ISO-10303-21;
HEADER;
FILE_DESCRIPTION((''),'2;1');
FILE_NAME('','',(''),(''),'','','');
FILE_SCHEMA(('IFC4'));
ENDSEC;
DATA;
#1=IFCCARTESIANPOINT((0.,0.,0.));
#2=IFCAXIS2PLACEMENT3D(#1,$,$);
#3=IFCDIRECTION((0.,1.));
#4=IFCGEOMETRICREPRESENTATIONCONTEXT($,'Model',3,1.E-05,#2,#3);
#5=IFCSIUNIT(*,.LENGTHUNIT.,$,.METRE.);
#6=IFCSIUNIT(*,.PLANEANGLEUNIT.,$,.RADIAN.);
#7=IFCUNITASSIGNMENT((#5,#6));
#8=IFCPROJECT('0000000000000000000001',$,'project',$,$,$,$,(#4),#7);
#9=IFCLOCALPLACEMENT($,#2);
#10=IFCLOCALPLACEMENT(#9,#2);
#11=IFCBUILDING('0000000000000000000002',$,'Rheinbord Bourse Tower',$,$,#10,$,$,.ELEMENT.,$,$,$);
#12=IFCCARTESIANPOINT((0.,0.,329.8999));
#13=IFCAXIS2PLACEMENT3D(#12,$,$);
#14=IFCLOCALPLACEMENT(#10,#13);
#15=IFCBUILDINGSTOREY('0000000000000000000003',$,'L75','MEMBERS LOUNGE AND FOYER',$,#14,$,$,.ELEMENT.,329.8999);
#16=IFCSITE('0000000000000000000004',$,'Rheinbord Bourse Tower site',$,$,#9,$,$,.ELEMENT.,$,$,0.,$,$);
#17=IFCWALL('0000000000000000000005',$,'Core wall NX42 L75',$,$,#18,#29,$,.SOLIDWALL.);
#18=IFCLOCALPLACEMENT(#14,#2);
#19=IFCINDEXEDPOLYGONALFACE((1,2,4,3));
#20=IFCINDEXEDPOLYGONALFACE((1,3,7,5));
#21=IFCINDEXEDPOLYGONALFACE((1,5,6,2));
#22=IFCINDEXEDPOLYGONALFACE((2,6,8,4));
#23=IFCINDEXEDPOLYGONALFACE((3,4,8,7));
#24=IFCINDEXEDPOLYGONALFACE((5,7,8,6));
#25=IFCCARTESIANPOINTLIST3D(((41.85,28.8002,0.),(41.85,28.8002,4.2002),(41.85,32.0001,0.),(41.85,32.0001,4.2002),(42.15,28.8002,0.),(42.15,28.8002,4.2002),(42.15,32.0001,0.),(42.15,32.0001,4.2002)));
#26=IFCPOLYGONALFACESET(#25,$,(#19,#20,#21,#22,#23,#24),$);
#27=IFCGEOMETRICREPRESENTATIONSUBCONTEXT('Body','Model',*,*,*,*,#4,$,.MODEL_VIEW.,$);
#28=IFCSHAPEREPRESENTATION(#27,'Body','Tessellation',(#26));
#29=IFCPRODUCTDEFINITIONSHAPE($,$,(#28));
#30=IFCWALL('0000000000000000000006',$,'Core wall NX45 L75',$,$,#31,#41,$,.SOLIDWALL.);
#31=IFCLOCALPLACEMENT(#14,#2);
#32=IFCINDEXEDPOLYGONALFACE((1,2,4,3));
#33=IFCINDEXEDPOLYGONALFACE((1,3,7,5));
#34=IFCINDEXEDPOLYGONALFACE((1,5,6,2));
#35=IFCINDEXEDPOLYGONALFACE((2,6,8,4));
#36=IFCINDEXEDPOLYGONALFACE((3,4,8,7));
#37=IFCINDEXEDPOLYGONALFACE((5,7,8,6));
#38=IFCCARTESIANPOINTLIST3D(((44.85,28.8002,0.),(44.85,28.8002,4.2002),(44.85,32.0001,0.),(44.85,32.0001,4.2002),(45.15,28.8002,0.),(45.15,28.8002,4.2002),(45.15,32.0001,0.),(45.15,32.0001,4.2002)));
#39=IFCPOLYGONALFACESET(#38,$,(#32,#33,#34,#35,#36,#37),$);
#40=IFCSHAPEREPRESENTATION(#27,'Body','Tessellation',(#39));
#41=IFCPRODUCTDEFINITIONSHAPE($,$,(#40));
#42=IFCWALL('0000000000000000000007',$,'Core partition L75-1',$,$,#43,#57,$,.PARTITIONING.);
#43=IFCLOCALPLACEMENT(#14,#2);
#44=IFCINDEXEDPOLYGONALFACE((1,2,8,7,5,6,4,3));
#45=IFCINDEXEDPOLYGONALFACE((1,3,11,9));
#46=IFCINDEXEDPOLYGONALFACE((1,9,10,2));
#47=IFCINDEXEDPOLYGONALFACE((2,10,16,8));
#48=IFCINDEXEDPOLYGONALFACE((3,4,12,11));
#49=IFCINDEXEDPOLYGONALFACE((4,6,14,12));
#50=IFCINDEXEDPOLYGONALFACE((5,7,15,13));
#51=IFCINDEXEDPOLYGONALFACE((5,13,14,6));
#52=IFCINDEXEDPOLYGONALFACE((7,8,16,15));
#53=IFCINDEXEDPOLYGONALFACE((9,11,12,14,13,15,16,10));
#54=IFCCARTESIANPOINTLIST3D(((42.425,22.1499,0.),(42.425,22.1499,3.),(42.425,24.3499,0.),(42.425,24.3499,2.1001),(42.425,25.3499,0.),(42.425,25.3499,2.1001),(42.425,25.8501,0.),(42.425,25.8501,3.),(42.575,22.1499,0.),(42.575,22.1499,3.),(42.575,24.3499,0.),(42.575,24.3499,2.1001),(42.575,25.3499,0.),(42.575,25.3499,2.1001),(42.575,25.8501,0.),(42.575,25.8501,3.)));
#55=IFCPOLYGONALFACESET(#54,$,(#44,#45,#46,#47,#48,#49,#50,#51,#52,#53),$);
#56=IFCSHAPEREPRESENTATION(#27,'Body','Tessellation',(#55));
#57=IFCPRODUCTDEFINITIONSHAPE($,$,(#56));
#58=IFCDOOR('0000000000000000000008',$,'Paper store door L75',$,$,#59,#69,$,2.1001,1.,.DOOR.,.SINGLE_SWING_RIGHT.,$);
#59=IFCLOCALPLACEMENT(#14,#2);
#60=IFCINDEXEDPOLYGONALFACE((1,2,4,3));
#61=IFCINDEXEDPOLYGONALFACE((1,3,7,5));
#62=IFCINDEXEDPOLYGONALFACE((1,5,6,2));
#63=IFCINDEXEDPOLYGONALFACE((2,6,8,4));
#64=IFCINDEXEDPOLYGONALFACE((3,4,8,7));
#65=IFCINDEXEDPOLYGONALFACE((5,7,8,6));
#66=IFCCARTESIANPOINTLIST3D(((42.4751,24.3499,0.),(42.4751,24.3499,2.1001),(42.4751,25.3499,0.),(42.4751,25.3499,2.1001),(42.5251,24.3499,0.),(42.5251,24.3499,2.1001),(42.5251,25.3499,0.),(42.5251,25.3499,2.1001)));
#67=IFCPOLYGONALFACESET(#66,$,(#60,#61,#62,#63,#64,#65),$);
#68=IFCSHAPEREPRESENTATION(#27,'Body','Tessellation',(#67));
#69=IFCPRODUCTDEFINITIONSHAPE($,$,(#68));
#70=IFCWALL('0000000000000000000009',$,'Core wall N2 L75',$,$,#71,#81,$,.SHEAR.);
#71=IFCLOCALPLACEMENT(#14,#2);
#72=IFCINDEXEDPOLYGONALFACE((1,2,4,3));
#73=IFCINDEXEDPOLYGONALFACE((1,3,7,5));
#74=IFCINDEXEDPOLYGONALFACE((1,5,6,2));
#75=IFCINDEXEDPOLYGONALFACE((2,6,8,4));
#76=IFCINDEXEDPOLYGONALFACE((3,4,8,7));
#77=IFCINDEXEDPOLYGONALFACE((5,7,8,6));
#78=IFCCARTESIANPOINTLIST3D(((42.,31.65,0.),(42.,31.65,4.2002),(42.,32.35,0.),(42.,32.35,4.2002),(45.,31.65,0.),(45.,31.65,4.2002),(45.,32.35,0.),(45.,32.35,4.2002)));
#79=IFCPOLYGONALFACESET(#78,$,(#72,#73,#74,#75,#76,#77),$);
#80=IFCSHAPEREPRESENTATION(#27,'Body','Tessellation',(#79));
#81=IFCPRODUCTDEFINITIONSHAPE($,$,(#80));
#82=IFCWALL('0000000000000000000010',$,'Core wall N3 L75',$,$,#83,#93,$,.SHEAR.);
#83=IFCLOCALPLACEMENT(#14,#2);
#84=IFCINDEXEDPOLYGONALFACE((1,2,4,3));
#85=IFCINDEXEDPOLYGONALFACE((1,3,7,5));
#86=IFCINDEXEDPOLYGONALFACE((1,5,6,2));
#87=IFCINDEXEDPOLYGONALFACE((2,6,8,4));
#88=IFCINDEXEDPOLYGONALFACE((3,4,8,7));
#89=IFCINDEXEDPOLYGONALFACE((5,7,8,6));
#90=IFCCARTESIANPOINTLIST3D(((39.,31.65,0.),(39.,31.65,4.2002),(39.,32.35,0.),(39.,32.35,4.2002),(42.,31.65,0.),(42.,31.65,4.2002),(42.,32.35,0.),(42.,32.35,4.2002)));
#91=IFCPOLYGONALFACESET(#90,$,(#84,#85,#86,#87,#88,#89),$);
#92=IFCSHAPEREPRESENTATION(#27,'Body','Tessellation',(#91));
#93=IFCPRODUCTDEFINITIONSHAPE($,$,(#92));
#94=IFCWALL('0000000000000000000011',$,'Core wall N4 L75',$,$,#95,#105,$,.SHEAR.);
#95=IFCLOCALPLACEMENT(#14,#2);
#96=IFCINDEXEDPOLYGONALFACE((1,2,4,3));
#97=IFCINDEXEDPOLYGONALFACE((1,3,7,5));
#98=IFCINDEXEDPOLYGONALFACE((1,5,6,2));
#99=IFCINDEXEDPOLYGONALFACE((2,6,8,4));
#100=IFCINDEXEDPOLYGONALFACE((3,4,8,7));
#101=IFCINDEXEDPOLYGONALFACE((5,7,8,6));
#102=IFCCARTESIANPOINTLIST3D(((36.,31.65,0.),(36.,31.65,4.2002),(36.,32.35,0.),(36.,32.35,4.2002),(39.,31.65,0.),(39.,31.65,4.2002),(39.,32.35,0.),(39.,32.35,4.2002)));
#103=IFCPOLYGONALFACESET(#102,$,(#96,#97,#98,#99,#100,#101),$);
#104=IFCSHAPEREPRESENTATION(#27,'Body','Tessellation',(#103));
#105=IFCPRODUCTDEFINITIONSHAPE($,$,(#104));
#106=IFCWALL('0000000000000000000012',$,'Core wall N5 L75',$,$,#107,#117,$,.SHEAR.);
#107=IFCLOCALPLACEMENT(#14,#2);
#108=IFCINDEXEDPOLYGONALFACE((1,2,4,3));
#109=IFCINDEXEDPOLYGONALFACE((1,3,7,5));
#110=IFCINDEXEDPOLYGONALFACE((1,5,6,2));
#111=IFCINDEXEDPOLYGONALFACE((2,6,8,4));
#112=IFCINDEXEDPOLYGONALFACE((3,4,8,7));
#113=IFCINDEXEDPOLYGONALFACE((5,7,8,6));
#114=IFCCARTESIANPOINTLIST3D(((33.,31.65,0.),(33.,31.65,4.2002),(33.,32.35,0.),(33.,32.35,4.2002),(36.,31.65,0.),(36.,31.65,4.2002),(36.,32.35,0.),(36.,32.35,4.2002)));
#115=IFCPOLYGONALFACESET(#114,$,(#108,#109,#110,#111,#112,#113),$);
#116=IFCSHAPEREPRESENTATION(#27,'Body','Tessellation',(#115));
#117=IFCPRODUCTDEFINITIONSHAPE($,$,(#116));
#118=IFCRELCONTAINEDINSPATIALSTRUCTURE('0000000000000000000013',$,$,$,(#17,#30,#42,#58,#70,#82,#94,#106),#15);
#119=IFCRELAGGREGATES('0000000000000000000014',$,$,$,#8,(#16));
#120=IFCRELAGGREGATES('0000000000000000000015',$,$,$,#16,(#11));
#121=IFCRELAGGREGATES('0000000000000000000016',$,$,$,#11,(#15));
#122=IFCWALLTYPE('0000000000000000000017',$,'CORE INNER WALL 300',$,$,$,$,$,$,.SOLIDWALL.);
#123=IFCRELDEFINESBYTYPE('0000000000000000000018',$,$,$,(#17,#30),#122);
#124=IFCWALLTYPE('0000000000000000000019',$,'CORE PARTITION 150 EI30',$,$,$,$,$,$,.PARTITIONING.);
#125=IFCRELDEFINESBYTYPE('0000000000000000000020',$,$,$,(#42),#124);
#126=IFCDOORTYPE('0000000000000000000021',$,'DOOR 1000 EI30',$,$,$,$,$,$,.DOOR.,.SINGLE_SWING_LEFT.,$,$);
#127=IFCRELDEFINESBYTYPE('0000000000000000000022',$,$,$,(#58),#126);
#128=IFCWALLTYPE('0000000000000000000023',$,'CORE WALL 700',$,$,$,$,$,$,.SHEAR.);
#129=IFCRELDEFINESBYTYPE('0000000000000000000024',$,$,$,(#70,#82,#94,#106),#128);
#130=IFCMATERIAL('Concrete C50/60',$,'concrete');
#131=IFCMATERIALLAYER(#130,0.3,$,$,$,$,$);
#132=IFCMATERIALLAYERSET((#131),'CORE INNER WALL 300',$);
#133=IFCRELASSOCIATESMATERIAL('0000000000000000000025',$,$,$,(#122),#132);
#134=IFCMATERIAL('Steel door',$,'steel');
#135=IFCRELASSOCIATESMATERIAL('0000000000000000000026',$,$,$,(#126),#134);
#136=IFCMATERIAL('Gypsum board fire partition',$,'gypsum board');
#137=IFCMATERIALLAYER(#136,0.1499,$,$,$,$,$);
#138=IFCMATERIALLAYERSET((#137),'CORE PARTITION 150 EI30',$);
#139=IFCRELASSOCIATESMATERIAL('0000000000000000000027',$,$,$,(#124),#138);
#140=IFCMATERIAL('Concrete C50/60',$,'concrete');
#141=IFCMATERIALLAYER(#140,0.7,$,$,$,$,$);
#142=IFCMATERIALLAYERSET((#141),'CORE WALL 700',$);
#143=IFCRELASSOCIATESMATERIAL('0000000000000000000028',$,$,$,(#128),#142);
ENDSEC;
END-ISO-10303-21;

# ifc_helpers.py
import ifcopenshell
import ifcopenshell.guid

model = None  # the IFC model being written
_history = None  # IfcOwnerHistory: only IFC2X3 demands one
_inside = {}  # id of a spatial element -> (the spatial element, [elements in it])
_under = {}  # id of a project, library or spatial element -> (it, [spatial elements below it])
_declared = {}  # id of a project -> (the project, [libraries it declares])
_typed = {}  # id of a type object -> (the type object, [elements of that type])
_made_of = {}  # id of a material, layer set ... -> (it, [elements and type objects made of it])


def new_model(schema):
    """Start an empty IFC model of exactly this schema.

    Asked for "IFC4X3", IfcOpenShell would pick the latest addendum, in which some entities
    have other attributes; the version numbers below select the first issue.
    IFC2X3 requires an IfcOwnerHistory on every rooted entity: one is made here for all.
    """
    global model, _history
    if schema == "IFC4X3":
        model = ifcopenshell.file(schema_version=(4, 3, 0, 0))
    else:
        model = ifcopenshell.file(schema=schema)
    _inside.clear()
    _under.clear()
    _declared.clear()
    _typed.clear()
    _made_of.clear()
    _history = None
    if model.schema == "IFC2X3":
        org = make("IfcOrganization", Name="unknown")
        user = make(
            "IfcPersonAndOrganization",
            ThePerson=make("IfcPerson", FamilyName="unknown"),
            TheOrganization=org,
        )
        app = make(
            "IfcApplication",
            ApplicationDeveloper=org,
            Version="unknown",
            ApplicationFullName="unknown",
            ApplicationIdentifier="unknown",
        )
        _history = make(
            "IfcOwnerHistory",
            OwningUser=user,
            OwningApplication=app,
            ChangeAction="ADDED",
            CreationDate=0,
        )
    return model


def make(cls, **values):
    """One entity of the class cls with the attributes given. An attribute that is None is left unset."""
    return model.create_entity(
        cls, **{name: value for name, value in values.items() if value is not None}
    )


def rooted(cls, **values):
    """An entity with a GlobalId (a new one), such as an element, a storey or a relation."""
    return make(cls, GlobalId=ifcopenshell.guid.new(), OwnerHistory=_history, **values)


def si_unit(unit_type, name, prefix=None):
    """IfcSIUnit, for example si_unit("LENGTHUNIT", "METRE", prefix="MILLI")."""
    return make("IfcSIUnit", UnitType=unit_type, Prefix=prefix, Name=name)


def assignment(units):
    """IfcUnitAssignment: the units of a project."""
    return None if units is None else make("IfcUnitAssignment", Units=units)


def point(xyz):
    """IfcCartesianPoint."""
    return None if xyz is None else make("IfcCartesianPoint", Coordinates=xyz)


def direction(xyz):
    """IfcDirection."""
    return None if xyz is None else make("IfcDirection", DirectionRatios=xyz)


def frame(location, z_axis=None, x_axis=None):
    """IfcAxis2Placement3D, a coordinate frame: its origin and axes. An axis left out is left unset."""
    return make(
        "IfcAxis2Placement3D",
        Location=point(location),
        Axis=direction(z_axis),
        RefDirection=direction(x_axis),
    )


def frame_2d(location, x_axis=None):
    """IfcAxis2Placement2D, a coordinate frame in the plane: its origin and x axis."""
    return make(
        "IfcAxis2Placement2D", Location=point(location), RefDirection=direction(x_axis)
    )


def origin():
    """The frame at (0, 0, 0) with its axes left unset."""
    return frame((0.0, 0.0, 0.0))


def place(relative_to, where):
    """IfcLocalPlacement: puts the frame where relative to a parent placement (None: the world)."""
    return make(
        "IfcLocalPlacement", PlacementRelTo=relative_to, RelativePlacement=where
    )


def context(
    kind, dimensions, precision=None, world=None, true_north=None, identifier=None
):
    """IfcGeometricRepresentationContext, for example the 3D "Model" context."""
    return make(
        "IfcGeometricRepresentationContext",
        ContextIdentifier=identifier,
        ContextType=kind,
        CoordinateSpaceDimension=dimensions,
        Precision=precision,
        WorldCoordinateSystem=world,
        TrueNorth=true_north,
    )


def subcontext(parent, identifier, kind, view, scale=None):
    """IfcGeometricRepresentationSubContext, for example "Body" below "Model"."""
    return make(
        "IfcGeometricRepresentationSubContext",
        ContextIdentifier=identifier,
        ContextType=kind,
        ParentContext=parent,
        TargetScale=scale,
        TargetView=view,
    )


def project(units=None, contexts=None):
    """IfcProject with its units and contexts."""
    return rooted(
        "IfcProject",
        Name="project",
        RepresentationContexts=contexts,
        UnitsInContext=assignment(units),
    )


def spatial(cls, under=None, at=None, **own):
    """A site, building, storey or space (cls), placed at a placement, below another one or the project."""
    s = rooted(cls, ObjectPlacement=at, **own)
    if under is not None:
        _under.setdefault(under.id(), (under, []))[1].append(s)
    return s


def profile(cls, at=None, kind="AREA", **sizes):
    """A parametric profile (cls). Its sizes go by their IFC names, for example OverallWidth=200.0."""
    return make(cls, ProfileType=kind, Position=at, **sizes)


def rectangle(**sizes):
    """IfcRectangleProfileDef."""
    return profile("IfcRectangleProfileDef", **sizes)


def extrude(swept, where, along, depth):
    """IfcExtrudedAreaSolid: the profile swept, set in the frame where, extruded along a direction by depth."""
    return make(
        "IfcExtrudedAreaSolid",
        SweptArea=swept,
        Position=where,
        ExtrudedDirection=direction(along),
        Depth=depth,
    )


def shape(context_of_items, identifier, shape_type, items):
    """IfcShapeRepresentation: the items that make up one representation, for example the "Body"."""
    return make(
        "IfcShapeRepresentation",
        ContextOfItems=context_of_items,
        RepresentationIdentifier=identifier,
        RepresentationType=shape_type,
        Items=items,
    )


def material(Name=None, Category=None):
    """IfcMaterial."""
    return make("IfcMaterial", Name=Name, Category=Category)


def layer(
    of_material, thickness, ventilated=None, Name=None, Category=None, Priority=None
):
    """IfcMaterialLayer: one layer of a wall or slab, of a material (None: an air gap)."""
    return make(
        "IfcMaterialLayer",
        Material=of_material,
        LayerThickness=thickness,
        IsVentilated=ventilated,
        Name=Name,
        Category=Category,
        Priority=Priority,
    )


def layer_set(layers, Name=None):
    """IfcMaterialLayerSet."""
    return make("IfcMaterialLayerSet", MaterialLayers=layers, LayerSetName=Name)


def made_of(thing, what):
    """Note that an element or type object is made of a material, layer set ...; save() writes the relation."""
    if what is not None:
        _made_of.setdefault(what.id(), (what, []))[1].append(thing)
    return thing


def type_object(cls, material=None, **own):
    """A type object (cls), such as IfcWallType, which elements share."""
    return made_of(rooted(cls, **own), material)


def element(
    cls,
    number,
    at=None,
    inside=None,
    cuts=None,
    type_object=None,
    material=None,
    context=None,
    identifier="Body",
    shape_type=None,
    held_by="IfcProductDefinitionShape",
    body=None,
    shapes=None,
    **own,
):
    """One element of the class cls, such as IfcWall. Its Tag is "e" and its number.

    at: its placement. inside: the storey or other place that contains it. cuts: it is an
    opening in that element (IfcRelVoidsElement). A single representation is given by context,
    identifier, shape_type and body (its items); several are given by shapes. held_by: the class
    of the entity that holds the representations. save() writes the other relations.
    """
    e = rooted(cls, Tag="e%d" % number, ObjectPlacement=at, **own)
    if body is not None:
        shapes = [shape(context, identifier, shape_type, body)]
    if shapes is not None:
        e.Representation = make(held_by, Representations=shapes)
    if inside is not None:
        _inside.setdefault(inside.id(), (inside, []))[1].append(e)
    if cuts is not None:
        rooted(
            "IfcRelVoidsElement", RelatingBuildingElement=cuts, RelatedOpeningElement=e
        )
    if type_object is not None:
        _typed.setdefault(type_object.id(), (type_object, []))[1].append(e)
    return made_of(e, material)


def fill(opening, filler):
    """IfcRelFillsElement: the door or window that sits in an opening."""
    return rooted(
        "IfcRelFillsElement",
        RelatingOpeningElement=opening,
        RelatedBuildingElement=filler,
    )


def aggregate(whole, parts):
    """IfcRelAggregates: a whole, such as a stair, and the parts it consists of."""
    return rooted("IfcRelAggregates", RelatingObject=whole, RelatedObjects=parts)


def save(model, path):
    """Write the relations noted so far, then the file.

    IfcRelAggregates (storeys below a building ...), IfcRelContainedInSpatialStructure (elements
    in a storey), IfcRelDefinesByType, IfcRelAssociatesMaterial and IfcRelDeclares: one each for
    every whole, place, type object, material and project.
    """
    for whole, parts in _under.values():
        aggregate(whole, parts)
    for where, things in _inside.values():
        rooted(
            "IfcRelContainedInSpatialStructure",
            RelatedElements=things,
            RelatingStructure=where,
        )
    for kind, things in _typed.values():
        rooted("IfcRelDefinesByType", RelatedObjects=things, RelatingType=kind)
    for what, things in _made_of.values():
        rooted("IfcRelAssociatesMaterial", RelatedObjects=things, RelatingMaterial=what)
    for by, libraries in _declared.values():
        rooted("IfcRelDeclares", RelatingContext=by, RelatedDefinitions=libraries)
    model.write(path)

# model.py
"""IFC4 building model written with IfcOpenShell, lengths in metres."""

from ifc_helpers import new_model, si_unit, direction, frame, frame_2d, origin, place, context, subcontext, project, spatial, rectangle, extrude, material, layer, layer_set, type_object, element, fill, save


model = new_model("IFC4")

# Units and contexts
model_context = context("Model", 3, precision=1e-05, world=origin(), true_north=direction((0.0, 1.0)))
body_context = subcontext(model_context, "Body", "Model", "MODEL_VIEW")
ifc_project = project(units=[si_unit("LENGTHUNIT", "METRE"), si_unit("PLANEANGLEUNIT", "RADIAN")], contexts=[model_context])

# Site, building, storey
site_placement = place(None, origin())
site = spatial("IfcSite", under=ifc_project, at=site_placement, Name="Rheinbord Bourse Tower site", CompositionType="ELEMENT", RefElevation=0.0)
building_placement = place(site_placement, origin())
building = spatial("IfcBuilding", under=site, at=building_placement, Name="Rheinbord Bourse Tower", CompositionType="ELEMENT")
storey_placement = place(building_placement, frame((0.0, 0.0, 329.8999)))
storey = spatial("IfcBuildingStorey", under=building, at=storey_placement, Name="L75", Description="MEMBERS LOUNGE AND FOYER", CompositionType="ELEMENT", Elevation=329.8999)

# Shared definitions
ifc_material_1 = material(Name="Concrete C50/60", Category="concrete")
ifc_layer_1 = layer(ifc_material_1, 0.3)
ifc_layer_set_1 = layer_set([ifc_layer_1], Name="CORE INNER WALL 300")
wall_type_1 = type_object("IfcWallType", Name="CORE INNER WALL 300", PredefinedType="SOLIDWALL", material=ifc_layer_set_1)
ifc_material_2 = material(Name="Steel door", Category="steel")
door_type_1 = type_object("IfcDoorType", Name="DOOR 1000 EI30", OperationType="SINGLE_SWING_LEFT", PredefinedType="DOOR", material=ifc_material_2)

# Walls
for number, where, z_axis, x_axis, name in (
    (1, (42.0, 28.8, 0.0), (0.0, 0.0, 1.0), (0.0, 1.0, 0.0), "Core wall NX42 L75"),
    (2, (45.0, 28.8, 0.0), (0.0, 0.0, 1.0), (0.0, 1.0, 0.0), "Core wall NX45 L75"),
):
    element("IfcWall", number, at=place(storey_placement, frame(where, z_axis=z_axis, x_axis=x_axis)), inside=storey, type_object=wall_type_1, Name=name, PredefinedType="SOLIDWALL", context=body_context, shape_type="SweptSolid", body=[
        extrude(rectangle(XDim=3.2, YDim=0.3, at=frame_2d((1.6001, 0.0))), origin(), (0.0, 0.0, 1.0), 4.2002),
    ])

# Wall, opening, door
ifc_material_3 = material(Name="Gypsum board fire partition", Category="gypsum board")
ifc_layer_2 = layer(ifc_material_3, 0.1499)
ifc_layer_set_2 = layer_set([ifc_layer_2], Name="CORE PARTITION 150 EI30")
wall_type_2 = type_object("IfcWallType", Name="CORE PARTITION 150 EI30", PredefinedType="PARTITIONING", material=ifc_layer_set_2)
wall_1_placement = place(storey_placement, frame((42.5, 22.1499, 0.0), z_axis=(0.0, 0.0, 1.0), x_axis=(0.0, 1.0, 0.0)))
wall_1 = element("IfcWall", 3, at=wall_1_placement, inside=storey, type_object=wall_type_2, Name="Core partition L75-1", PredefinedType="PARTITIONING", context=body_context, shape_type="SweptSolid", body=[
    extrude(rectangle(XDim=3.7002, YDim=0.1499, at=frame_2d((1.8501, 0.0))), origin(), (0.0, 0.0, 1.0), 3.0),
])
opening_1_placement = place(wall_1_placement, frame((2.2, 0.0, 0.0)))
opening_1 = element("IfcOpeningElement", 4, at=opening_1_placement, cuts=wall_1, PredefinedType="OPENING", context=body_context, shape_type="SweptSolid", body=[
    extrude(rectangle(XDim=1.0, YDim=2.1001, at=frame_2d((0.5, 1.05))), frame((0.0, 0.085, 0.0), z_axis=(0.0, -1.0, 0.0), x_axis=(1.0, 0.0, 0.0)), (0.0, 0.0, 1.0), 0.1699),
])
door_1_placement = place(opening_1_placement, origin())
door_1 = element("IfcDoor", 5, at=door_1_placement, inside=storey, type_object=door_type_1, Name="Paper store door L75", OperationType="SINGLE_SWING_RIGHT", OverallHeight=2.1001, OverallWidth=1.0, PredefinedType="DOOR", context=body_context, shape_type="SweptSolid", body=[
    extrude(rectangle(XDim=1.0, YDim=2.1001, at=frame_2d((0.5, 1.05))), frame((0.0, 0.0249, 0.0), z_axis=(0.0, -1.0, 0.0), x_axis=(1.0, 0.0, 0.0)), (0.0, 0.0, 1.0), 0.05),
])
fill(opening_1, door_1)

# Walls
ifc_material_4 = material(Name="Concrete C50/60", Category="concrete")
ifc_layer_3 = layer(ifc_material_4, 0.7)
ifc_layer_set_3 = layer_set([ifc_layer_3], Name="CORE WALL 700")
wall_type_3 = type_object("IfcWallType", Name="CORE WALL 700", PredefinedType="SHEAR", material=ifc_layer_set_3)
for number, where, z_axis, x_axis, name in (
    (6, (45.0, 32.0, 0.0), (0.0, 0.0, 1.0), (-1.0, 0.0, 0.0), "Core wall N2 L75"),
    (7, (42.0, 32.0, 0.0), (0.0, 0.0, 1.0), (-1.0, 0.0, 0.0), "Core wall N3 L75"),
    (8, (39.0, 32.0, 0.0), (0.0, 0.0, 1.0), (-1.0, 0.0, 0.0), "Core wall N4 L75"),
    (9, (36.0, 32.0, 0.0), (0.0, 0.0, 1.0), (-1.0, 0.0, 0.0), "Core wall N5 L75"),
):
    element("IfcWall", number, at=place(storey_placement, frame(where, z_axis=z_axis, x_axis=x_axis)), inside=storey, type_object=wall_type_3, Name=name, PredefinedType="SHEAR", context=body_context, shape_type="SweptSolid", body=[
        extrude(rectangle(XDim=3.0, YDim=0.7, at=frame_2d((1.5, 0.0))), origin(), (0.0, 0.0, 1.0), 4.2002),
    ])

save(model, "model.ifc")
